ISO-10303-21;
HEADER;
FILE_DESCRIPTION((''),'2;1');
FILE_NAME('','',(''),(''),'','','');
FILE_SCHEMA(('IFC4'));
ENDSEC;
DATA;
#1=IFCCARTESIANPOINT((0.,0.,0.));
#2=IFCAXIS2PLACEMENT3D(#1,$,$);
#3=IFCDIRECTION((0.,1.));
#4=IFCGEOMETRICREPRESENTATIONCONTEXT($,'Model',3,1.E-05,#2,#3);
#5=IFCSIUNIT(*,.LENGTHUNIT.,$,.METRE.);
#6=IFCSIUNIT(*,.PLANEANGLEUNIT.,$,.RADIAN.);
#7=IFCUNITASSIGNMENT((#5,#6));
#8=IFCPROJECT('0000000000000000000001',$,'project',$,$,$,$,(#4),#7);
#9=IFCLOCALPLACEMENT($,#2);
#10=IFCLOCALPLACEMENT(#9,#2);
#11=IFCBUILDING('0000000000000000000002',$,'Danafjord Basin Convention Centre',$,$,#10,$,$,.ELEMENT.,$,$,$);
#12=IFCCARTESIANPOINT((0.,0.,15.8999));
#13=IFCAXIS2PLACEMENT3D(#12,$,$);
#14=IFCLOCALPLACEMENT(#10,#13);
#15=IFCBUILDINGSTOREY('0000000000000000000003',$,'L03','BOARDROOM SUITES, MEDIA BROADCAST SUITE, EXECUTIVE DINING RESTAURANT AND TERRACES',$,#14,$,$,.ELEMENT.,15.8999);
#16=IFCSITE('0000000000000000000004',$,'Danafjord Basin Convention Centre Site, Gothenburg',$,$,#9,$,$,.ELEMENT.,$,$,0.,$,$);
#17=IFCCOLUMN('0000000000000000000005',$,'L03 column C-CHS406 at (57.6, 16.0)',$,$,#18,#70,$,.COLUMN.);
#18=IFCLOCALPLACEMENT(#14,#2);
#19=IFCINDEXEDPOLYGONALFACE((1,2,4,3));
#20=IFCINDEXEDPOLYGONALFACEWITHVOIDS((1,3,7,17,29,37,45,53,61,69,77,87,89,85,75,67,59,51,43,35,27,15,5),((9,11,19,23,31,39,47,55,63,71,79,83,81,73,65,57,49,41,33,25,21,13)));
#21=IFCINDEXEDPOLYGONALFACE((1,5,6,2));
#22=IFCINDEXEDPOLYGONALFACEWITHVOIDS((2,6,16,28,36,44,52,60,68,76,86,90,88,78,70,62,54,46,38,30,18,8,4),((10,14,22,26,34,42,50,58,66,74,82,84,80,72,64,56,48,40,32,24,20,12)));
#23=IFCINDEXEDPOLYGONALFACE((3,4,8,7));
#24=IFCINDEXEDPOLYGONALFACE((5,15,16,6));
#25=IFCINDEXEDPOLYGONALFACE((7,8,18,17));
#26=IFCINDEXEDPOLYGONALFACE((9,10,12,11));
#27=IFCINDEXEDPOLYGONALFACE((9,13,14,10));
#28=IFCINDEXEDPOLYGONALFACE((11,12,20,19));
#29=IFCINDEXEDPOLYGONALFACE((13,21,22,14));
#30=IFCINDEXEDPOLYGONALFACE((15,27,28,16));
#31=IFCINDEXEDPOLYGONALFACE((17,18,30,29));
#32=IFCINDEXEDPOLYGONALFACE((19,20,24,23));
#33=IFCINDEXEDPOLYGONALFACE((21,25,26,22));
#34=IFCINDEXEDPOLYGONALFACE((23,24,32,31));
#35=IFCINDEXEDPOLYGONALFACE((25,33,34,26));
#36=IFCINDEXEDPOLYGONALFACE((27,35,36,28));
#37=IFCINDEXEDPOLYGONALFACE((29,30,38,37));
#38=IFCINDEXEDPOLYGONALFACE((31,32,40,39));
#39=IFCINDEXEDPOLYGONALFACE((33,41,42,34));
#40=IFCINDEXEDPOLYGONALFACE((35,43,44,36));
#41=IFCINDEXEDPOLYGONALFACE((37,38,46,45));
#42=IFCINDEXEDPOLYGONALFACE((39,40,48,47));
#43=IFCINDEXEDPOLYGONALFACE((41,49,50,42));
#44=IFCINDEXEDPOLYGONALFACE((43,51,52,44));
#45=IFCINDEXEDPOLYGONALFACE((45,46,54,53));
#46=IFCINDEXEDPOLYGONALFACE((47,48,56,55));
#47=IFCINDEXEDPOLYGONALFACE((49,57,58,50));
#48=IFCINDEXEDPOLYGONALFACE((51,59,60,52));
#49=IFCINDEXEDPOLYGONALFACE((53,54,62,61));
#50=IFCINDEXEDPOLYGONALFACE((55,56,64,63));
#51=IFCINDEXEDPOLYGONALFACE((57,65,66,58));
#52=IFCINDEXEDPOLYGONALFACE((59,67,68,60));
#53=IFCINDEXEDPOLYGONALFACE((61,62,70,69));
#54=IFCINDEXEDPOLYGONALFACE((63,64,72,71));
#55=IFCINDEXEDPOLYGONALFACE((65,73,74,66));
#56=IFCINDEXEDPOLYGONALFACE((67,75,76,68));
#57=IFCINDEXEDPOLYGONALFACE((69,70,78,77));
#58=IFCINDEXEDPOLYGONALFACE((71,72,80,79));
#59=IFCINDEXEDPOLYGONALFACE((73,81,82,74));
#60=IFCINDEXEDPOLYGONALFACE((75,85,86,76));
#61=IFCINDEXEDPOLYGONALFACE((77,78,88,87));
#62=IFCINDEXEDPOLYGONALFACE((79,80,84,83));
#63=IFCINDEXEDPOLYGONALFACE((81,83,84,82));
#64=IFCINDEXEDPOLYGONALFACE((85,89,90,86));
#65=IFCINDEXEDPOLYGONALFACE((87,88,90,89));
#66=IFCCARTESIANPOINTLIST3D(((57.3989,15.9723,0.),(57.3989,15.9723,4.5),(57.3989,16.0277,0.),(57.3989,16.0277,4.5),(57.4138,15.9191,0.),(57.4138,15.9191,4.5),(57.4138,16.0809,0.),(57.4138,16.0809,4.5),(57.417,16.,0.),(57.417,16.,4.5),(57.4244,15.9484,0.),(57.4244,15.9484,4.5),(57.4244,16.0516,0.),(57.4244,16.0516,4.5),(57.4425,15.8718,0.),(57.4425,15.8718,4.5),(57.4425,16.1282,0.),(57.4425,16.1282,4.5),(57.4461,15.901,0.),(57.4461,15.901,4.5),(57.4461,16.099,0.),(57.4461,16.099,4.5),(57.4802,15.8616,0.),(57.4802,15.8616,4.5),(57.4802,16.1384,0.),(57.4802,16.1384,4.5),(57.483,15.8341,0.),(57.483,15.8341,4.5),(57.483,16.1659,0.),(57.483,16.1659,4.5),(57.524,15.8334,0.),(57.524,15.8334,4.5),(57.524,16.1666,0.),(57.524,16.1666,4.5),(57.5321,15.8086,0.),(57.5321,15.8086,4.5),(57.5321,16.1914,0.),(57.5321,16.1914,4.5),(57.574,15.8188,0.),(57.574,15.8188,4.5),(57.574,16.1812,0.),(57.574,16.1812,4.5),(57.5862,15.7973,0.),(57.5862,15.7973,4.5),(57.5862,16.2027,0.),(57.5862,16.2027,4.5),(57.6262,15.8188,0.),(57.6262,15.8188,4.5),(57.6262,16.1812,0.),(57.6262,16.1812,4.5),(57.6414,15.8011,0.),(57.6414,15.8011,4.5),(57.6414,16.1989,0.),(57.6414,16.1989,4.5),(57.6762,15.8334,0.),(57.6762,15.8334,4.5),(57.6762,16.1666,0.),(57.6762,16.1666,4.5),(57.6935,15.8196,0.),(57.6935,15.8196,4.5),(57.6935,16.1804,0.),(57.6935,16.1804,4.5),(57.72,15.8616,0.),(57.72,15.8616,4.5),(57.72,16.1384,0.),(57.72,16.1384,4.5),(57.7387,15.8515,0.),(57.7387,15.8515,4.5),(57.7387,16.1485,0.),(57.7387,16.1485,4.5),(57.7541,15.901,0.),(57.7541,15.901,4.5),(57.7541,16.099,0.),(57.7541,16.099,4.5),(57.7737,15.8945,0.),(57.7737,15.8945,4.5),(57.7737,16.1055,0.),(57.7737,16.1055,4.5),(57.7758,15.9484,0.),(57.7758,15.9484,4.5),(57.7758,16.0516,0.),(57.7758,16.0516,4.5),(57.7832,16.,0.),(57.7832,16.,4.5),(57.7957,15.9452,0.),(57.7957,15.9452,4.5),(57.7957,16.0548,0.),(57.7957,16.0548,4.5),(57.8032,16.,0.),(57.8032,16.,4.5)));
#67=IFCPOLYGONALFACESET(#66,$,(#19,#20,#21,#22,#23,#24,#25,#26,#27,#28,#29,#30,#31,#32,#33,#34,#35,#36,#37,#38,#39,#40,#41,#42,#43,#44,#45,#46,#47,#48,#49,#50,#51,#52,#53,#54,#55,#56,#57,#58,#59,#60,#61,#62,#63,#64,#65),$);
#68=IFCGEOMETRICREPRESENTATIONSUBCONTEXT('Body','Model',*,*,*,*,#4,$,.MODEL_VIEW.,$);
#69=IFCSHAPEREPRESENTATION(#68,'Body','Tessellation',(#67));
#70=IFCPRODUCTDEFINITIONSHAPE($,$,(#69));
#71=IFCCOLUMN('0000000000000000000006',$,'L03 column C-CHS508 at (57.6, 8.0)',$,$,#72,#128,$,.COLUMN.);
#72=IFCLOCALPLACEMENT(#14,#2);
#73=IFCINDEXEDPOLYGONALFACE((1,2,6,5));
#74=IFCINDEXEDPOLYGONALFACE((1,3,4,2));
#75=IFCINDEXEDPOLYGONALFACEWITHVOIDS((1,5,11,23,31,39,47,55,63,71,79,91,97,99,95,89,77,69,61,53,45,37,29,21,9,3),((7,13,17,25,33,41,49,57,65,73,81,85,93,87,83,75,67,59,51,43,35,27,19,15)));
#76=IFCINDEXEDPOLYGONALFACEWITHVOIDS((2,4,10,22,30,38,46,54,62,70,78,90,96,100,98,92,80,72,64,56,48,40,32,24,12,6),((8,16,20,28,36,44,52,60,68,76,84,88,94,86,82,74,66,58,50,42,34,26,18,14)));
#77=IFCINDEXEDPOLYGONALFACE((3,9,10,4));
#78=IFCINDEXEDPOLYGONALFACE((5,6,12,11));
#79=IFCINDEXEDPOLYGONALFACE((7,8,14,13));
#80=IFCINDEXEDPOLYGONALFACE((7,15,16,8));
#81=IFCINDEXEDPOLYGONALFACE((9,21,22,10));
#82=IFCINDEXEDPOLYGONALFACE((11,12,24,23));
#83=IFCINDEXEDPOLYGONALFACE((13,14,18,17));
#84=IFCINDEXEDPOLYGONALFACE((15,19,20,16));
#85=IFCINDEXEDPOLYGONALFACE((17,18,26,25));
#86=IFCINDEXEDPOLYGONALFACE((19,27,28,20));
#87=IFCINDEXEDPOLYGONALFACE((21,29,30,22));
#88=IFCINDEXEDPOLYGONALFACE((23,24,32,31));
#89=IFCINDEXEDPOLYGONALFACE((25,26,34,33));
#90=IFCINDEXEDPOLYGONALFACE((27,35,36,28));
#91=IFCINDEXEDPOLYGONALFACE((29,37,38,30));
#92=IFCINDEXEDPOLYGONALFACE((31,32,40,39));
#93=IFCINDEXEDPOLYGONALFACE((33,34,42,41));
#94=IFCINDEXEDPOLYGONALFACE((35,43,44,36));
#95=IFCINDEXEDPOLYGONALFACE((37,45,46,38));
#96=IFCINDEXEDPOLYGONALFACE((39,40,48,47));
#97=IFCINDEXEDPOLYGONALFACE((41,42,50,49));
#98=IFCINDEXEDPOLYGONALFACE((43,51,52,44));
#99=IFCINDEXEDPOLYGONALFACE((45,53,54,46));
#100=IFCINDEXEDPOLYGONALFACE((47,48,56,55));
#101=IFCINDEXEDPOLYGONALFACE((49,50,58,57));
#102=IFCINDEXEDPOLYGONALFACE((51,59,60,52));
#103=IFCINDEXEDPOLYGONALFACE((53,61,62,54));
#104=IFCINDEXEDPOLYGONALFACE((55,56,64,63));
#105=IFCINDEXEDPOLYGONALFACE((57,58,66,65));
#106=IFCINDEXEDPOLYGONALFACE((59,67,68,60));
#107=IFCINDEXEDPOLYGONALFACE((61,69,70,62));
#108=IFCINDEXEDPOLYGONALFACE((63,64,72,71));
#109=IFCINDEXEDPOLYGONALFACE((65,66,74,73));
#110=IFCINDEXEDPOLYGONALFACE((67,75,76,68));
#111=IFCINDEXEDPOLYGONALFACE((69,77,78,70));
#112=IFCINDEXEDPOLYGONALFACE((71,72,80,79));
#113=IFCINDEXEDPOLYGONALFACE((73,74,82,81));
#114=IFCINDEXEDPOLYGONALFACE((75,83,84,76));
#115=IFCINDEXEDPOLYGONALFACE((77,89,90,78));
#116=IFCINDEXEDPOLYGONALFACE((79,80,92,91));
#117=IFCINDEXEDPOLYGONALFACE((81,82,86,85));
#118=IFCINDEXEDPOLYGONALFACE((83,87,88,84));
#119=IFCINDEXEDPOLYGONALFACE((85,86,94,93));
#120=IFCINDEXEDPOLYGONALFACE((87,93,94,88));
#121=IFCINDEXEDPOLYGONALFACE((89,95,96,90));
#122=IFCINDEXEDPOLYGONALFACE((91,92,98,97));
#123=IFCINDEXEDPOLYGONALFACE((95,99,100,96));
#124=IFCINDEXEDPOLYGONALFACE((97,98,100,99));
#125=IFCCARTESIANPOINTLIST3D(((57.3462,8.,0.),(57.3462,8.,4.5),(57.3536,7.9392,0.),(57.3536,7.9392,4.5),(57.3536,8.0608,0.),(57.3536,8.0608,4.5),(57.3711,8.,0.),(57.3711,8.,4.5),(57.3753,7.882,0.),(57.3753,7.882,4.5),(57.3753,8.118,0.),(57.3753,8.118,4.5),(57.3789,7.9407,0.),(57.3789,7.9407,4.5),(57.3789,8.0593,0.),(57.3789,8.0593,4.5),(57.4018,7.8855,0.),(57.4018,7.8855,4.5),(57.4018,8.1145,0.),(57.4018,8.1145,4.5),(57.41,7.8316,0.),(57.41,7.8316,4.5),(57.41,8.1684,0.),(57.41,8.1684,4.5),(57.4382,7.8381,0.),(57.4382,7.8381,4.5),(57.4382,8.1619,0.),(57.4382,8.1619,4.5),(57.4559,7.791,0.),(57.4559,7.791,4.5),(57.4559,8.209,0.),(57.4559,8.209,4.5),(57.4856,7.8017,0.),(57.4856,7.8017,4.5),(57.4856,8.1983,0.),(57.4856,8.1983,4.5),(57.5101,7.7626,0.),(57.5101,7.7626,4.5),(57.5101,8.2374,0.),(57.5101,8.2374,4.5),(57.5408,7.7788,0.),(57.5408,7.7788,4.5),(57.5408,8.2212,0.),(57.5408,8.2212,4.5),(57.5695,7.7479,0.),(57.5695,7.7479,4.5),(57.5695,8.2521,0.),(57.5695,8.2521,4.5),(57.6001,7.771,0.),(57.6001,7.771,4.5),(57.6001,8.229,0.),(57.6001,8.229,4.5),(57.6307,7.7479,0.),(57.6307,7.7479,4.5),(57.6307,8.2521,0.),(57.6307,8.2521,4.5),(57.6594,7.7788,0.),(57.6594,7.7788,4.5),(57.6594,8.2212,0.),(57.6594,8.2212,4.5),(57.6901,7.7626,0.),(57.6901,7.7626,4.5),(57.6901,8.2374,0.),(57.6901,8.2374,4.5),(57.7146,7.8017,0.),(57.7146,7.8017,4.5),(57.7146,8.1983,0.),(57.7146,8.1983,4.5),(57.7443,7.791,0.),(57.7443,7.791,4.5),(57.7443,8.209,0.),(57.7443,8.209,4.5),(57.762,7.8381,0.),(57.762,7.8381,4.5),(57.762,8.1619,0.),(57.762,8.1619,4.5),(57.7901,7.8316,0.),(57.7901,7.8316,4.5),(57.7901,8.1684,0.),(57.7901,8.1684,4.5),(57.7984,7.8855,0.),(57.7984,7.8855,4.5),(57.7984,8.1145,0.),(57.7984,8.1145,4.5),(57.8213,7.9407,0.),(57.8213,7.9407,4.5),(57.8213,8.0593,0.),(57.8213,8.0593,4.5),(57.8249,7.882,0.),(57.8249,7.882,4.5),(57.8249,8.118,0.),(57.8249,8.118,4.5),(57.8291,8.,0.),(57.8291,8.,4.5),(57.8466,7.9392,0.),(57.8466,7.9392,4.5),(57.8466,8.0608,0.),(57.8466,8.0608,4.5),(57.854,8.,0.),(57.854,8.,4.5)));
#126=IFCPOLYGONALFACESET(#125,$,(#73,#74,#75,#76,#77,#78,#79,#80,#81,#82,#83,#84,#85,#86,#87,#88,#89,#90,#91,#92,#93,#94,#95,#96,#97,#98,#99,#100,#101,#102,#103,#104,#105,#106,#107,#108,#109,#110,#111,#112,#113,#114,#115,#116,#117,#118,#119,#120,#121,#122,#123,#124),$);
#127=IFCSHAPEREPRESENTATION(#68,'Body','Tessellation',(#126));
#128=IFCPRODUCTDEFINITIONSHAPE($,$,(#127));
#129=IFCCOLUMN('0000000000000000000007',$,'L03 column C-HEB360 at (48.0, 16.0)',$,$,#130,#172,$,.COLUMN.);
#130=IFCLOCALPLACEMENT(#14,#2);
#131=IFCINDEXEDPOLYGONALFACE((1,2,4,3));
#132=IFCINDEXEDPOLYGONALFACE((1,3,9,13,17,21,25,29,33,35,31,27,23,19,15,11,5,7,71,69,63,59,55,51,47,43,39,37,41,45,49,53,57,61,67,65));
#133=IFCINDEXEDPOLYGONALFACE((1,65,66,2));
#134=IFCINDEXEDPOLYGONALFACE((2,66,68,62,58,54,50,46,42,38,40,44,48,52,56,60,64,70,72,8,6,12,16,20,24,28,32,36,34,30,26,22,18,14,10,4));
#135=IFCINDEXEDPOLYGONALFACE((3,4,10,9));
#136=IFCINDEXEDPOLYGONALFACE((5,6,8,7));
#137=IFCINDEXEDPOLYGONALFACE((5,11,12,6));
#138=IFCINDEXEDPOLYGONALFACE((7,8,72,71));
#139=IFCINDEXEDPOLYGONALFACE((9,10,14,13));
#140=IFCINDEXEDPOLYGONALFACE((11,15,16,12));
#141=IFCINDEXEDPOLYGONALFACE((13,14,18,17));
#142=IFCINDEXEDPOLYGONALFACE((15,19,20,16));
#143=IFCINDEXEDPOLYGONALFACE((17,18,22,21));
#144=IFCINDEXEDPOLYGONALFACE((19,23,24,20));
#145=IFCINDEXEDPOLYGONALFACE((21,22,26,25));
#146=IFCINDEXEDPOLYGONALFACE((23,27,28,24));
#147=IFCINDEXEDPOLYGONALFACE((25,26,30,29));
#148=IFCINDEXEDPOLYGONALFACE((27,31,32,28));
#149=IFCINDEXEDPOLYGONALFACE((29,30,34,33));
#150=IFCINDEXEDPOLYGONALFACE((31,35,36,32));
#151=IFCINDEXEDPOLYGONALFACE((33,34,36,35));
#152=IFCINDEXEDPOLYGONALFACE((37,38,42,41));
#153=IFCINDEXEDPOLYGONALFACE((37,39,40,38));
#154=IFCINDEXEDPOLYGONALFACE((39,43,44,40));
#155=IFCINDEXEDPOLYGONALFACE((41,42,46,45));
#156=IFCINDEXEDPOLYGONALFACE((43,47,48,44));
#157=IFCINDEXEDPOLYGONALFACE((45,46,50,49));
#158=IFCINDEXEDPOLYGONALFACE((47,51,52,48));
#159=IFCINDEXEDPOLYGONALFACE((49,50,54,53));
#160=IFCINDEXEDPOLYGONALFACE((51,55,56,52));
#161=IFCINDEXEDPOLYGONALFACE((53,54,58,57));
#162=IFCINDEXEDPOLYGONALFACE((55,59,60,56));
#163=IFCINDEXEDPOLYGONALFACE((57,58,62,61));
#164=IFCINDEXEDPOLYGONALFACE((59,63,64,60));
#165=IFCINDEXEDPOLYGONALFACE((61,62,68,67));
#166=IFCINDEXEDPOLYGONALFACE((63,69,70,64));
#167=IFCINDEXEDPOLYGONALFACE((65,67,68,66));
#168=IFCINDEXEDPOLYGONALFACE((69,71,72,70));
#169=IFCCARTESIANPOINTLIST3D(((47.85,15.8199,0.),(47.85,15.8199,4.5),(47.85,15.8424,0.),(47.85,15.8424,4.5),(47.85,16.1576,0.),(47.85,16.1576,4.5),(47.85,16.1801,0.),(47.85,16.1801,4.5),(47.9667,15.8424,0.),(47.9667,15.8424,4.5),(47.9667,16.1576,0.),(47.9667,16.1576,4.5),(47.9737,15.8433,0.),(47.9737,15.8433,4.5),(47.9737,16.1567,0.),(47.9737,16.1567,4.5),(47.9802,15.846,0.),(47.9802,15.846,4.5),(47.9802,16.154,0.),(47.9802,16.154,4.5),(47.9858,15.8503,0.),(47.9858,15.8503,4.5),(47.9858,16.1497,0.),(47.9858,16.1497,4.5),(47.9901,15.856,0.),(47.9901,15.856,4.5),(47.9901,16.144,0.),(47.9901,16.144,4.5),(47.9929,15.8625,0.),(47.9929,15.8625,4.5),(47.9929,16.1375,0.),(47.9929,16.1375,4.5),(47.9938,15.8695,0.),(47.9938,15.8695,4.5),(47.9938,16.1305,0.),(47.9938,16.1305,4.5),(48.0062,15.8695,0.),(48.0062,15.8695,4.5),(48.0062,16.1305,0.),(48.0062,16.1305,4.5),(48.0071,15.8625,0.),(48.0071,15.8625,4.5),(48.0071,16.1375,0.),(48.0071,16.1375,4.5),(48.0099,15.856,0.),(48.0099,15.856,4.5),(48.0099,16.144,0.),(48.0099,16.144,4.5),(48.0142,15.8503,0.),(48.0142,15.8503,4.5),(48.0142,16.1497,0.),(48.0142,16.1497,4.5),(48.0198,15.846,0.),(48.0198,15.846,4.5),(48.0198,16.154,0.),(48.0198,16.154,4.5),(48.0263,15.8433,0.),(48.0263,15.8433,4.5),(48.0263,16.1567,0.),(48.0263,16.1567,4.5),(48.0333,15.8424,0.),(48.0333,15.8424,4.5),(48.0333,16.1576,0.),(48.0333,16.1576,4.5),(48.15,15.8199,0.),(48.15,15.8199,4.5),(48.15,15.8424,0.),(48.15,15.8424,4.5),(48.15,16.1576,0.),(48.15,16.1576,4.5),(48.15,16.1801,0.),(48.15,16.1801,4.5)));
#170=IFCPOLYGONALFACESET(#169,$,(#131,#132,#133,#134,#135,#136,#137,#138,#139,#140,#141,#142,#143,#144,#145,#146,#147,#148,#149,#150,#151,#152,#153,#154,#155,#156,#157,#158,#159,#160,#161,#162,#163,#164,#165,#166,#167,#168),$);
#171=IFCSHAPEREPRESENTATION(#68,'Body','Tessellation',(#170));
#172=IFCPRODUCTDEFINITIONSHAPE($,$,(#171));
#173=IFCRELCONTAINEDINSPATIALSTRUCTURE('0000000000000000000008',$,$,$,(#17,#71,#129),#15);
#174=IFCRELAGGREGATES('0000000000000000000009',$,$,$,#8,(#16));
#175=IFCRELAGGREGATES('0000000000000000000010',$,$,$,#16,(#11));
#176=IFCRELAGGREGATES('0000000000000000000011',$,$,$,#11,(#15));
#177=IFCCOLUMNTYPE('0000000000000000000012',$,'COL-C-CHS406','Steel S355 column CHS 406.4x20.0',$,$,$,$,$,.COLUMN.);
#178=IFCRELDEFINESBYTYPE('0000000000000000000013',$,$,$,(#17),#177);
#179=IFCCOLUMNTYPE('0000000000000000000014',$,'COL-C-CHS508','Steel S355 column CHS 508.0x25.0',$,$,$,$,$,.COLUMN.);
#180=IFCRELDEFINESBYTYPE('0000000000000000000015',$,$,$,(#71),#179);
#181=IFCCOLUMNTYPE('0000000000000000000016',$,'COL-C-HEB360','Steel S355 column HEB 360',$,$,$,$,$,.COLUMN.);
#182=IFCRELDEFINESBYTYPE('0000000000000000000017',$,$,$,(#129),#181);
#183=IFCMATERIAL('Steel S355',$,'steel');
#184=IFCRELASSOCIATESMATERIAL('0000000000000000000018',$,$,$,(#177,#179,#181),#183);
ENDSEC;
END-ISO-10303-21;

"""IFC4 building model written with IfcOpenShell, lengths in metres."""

from ifc_helpers import new_model, si_unit, direction, frame, origin, origin_2d, place, context, subcontext, project, spatial, hollow_circle, i_section, extrude, material, material_profile, profile_set, type_object, element, save


model = new_model("IFC4")

# Units and contexts
model_context = context("Model", 3, precision=1e-05, world=origin(), true_north=direction((0.0, 1.0)))
body_context = subcontext(model_context, "Body", "Model", "MODEL_VIEW")
ifc_project = project(units=[si_unit("LENGTHUNIT", "METRE"), si_unit("PLANEANGLEUNIT", "RADIAN")], contexts=[model_context])

# Site, building, storey
site_placement = place(None, origin())
site = spatial("IfcSite", under=ifc_project, at=site_placement, Name="Danafjord Basin Convention Centre Site, Gothenburg", CompositionType="ELEMENT", RefElevation=0.0)
building_placement = place(site_placement, origin())
building = spatial("IfcBuilding", under=site, at=building_placement, Name="Danafjord Basin Convention Centre", CompositionType="ELEMENT")
storey_placement = place(building_placement, frame((0.0, 0.0, 15.8999)))
storey = spatial("IfcBuildingStorey", under=building, at=storey_placement, Name="L03", Description="BOARDROOM SUITES, MEDIA BROADCAST SUITE, EXECUTIVE DINING RESTAURANT AND TERRACES", CompositionType="ELEMENT", Elevation=15.8999)

# Columns
ifc_material_1 = material(Name="Steel S355", Category="steel")
ifc_material_profile_1 = material_profile(ifc_material_1, hollow_circle(Radius=0.2031, WallThickness=0.02, at=origin_2d()), Name="CHS 406.4x20.0")
ifc_profile_set_1 = profile_set([ifc_material_profile_1], Name="Steel S355")
column_type_1 = type_object("IfcColumnType", Name="COL-C-CHS406", Description="Steel S355 column CHS 406.4x20.0", PredefinedType="COLUMN", material=ifc_profile_set_1)
column_1_placement = place(storey_placement, frame((57.6001, 16.0, 0.0), z_axis=(0.0, 0.0, 1.0), x_axis=(1.0, 0.0, 0.0)))
element("IfcColumn", 1, at=column_1_placement, inside=storey, type_object=column_type_1, Name="L03 column C-CHS406 at (57.6, 16.0)", PredefinedType="COLUMN", context=body_context, shape_type="SweptSolid", body=[
    extrude(hollow_circle(Radius=0.2031, WallThickness=0.02, at=origin_2d()), origin(), (0.0, 0.0, 1.0), 4.5),
])
ifc_material_profile_2 = material_profile(ifc_material_1, hollow_circle(Radius=0.2539, WallThickness=0.0249, at=origin_2d()), Name="CHS 508.0x25.0")
ifc_profile_set_2 = profile_set([ifc_material_profile_2], Name="Steel S355")
column_type_2 = type_object("IfcColumnType", Name="COL-C-CHS508", Description="Steel S355 column CHS 508.0x25.0", PredefinedType="COLUMN", material=ifc_profile_set_2)
column_2_placement = place(storey_placement, frame((57.6001, 8.0, 0.0), z_axis=(0.0, 0.0, 1.0), x_axis=(1.0, 0.0, 0.0)))
element("IfcColumn", 2, at=column_2_placement, inside=storey, type_object=column_type_2, Name="L03 column C-CHS508 at (57.6, 8.0)", PredefinedType="COLUMN", context=body_context, shape_type="SweptSolid", body=[
    extrude(hollow_circle(Radius=0.2539, WallThickness=0.0249, at=origin_2d()), origin(), (0.0, 0.0, 1.0), 4.5),
])
ifc_material_profile_3 = material_profile(ifc_material_1, i_section(OverallWidth=0.3, OverallDepth=0.3601, WebThickness=0.0125, FlangeThickness=0.0225, FilletRadius=0.0271, at=origin_2d()), Name="HEB 360")
ifc_profile_set_3 = profile_set([ifc_material_profile_3], Name="Steel S355")
column_type_3 = type_object("IfcColumnType", Name="COL-C-HEB360", Description="Steel S355 column HEB 360", PredefinedType="COLUMN", material=ifc_profile_set_3)
column_3_placement = place(storey_placement, frame((48.0, 16.0, 0.0), z_axis=(0.0, 0.0, 1.0), x_axis=(1.0, 0.0, 0.0)))
element("IfcColumn", 3, at=column_3_placement, inside=storey, type_object=column_type_3, Name="L03 column C-HEB360 at (48.0, 16.0)", PredefinedType="COLUMN", context=body_context, shape_type="SweptSolid", body=[
    extrude(i_section(OverallWidth=0.3, OverallDepth=0.3601, WebThickness=0.0125, FlangeThickness=0.0225, FilletRadius=0.0271, at=origin_2d()), origin(), (0.0, 0.0, 1.0), 4.5),
])

save(model, "model.ifc")
